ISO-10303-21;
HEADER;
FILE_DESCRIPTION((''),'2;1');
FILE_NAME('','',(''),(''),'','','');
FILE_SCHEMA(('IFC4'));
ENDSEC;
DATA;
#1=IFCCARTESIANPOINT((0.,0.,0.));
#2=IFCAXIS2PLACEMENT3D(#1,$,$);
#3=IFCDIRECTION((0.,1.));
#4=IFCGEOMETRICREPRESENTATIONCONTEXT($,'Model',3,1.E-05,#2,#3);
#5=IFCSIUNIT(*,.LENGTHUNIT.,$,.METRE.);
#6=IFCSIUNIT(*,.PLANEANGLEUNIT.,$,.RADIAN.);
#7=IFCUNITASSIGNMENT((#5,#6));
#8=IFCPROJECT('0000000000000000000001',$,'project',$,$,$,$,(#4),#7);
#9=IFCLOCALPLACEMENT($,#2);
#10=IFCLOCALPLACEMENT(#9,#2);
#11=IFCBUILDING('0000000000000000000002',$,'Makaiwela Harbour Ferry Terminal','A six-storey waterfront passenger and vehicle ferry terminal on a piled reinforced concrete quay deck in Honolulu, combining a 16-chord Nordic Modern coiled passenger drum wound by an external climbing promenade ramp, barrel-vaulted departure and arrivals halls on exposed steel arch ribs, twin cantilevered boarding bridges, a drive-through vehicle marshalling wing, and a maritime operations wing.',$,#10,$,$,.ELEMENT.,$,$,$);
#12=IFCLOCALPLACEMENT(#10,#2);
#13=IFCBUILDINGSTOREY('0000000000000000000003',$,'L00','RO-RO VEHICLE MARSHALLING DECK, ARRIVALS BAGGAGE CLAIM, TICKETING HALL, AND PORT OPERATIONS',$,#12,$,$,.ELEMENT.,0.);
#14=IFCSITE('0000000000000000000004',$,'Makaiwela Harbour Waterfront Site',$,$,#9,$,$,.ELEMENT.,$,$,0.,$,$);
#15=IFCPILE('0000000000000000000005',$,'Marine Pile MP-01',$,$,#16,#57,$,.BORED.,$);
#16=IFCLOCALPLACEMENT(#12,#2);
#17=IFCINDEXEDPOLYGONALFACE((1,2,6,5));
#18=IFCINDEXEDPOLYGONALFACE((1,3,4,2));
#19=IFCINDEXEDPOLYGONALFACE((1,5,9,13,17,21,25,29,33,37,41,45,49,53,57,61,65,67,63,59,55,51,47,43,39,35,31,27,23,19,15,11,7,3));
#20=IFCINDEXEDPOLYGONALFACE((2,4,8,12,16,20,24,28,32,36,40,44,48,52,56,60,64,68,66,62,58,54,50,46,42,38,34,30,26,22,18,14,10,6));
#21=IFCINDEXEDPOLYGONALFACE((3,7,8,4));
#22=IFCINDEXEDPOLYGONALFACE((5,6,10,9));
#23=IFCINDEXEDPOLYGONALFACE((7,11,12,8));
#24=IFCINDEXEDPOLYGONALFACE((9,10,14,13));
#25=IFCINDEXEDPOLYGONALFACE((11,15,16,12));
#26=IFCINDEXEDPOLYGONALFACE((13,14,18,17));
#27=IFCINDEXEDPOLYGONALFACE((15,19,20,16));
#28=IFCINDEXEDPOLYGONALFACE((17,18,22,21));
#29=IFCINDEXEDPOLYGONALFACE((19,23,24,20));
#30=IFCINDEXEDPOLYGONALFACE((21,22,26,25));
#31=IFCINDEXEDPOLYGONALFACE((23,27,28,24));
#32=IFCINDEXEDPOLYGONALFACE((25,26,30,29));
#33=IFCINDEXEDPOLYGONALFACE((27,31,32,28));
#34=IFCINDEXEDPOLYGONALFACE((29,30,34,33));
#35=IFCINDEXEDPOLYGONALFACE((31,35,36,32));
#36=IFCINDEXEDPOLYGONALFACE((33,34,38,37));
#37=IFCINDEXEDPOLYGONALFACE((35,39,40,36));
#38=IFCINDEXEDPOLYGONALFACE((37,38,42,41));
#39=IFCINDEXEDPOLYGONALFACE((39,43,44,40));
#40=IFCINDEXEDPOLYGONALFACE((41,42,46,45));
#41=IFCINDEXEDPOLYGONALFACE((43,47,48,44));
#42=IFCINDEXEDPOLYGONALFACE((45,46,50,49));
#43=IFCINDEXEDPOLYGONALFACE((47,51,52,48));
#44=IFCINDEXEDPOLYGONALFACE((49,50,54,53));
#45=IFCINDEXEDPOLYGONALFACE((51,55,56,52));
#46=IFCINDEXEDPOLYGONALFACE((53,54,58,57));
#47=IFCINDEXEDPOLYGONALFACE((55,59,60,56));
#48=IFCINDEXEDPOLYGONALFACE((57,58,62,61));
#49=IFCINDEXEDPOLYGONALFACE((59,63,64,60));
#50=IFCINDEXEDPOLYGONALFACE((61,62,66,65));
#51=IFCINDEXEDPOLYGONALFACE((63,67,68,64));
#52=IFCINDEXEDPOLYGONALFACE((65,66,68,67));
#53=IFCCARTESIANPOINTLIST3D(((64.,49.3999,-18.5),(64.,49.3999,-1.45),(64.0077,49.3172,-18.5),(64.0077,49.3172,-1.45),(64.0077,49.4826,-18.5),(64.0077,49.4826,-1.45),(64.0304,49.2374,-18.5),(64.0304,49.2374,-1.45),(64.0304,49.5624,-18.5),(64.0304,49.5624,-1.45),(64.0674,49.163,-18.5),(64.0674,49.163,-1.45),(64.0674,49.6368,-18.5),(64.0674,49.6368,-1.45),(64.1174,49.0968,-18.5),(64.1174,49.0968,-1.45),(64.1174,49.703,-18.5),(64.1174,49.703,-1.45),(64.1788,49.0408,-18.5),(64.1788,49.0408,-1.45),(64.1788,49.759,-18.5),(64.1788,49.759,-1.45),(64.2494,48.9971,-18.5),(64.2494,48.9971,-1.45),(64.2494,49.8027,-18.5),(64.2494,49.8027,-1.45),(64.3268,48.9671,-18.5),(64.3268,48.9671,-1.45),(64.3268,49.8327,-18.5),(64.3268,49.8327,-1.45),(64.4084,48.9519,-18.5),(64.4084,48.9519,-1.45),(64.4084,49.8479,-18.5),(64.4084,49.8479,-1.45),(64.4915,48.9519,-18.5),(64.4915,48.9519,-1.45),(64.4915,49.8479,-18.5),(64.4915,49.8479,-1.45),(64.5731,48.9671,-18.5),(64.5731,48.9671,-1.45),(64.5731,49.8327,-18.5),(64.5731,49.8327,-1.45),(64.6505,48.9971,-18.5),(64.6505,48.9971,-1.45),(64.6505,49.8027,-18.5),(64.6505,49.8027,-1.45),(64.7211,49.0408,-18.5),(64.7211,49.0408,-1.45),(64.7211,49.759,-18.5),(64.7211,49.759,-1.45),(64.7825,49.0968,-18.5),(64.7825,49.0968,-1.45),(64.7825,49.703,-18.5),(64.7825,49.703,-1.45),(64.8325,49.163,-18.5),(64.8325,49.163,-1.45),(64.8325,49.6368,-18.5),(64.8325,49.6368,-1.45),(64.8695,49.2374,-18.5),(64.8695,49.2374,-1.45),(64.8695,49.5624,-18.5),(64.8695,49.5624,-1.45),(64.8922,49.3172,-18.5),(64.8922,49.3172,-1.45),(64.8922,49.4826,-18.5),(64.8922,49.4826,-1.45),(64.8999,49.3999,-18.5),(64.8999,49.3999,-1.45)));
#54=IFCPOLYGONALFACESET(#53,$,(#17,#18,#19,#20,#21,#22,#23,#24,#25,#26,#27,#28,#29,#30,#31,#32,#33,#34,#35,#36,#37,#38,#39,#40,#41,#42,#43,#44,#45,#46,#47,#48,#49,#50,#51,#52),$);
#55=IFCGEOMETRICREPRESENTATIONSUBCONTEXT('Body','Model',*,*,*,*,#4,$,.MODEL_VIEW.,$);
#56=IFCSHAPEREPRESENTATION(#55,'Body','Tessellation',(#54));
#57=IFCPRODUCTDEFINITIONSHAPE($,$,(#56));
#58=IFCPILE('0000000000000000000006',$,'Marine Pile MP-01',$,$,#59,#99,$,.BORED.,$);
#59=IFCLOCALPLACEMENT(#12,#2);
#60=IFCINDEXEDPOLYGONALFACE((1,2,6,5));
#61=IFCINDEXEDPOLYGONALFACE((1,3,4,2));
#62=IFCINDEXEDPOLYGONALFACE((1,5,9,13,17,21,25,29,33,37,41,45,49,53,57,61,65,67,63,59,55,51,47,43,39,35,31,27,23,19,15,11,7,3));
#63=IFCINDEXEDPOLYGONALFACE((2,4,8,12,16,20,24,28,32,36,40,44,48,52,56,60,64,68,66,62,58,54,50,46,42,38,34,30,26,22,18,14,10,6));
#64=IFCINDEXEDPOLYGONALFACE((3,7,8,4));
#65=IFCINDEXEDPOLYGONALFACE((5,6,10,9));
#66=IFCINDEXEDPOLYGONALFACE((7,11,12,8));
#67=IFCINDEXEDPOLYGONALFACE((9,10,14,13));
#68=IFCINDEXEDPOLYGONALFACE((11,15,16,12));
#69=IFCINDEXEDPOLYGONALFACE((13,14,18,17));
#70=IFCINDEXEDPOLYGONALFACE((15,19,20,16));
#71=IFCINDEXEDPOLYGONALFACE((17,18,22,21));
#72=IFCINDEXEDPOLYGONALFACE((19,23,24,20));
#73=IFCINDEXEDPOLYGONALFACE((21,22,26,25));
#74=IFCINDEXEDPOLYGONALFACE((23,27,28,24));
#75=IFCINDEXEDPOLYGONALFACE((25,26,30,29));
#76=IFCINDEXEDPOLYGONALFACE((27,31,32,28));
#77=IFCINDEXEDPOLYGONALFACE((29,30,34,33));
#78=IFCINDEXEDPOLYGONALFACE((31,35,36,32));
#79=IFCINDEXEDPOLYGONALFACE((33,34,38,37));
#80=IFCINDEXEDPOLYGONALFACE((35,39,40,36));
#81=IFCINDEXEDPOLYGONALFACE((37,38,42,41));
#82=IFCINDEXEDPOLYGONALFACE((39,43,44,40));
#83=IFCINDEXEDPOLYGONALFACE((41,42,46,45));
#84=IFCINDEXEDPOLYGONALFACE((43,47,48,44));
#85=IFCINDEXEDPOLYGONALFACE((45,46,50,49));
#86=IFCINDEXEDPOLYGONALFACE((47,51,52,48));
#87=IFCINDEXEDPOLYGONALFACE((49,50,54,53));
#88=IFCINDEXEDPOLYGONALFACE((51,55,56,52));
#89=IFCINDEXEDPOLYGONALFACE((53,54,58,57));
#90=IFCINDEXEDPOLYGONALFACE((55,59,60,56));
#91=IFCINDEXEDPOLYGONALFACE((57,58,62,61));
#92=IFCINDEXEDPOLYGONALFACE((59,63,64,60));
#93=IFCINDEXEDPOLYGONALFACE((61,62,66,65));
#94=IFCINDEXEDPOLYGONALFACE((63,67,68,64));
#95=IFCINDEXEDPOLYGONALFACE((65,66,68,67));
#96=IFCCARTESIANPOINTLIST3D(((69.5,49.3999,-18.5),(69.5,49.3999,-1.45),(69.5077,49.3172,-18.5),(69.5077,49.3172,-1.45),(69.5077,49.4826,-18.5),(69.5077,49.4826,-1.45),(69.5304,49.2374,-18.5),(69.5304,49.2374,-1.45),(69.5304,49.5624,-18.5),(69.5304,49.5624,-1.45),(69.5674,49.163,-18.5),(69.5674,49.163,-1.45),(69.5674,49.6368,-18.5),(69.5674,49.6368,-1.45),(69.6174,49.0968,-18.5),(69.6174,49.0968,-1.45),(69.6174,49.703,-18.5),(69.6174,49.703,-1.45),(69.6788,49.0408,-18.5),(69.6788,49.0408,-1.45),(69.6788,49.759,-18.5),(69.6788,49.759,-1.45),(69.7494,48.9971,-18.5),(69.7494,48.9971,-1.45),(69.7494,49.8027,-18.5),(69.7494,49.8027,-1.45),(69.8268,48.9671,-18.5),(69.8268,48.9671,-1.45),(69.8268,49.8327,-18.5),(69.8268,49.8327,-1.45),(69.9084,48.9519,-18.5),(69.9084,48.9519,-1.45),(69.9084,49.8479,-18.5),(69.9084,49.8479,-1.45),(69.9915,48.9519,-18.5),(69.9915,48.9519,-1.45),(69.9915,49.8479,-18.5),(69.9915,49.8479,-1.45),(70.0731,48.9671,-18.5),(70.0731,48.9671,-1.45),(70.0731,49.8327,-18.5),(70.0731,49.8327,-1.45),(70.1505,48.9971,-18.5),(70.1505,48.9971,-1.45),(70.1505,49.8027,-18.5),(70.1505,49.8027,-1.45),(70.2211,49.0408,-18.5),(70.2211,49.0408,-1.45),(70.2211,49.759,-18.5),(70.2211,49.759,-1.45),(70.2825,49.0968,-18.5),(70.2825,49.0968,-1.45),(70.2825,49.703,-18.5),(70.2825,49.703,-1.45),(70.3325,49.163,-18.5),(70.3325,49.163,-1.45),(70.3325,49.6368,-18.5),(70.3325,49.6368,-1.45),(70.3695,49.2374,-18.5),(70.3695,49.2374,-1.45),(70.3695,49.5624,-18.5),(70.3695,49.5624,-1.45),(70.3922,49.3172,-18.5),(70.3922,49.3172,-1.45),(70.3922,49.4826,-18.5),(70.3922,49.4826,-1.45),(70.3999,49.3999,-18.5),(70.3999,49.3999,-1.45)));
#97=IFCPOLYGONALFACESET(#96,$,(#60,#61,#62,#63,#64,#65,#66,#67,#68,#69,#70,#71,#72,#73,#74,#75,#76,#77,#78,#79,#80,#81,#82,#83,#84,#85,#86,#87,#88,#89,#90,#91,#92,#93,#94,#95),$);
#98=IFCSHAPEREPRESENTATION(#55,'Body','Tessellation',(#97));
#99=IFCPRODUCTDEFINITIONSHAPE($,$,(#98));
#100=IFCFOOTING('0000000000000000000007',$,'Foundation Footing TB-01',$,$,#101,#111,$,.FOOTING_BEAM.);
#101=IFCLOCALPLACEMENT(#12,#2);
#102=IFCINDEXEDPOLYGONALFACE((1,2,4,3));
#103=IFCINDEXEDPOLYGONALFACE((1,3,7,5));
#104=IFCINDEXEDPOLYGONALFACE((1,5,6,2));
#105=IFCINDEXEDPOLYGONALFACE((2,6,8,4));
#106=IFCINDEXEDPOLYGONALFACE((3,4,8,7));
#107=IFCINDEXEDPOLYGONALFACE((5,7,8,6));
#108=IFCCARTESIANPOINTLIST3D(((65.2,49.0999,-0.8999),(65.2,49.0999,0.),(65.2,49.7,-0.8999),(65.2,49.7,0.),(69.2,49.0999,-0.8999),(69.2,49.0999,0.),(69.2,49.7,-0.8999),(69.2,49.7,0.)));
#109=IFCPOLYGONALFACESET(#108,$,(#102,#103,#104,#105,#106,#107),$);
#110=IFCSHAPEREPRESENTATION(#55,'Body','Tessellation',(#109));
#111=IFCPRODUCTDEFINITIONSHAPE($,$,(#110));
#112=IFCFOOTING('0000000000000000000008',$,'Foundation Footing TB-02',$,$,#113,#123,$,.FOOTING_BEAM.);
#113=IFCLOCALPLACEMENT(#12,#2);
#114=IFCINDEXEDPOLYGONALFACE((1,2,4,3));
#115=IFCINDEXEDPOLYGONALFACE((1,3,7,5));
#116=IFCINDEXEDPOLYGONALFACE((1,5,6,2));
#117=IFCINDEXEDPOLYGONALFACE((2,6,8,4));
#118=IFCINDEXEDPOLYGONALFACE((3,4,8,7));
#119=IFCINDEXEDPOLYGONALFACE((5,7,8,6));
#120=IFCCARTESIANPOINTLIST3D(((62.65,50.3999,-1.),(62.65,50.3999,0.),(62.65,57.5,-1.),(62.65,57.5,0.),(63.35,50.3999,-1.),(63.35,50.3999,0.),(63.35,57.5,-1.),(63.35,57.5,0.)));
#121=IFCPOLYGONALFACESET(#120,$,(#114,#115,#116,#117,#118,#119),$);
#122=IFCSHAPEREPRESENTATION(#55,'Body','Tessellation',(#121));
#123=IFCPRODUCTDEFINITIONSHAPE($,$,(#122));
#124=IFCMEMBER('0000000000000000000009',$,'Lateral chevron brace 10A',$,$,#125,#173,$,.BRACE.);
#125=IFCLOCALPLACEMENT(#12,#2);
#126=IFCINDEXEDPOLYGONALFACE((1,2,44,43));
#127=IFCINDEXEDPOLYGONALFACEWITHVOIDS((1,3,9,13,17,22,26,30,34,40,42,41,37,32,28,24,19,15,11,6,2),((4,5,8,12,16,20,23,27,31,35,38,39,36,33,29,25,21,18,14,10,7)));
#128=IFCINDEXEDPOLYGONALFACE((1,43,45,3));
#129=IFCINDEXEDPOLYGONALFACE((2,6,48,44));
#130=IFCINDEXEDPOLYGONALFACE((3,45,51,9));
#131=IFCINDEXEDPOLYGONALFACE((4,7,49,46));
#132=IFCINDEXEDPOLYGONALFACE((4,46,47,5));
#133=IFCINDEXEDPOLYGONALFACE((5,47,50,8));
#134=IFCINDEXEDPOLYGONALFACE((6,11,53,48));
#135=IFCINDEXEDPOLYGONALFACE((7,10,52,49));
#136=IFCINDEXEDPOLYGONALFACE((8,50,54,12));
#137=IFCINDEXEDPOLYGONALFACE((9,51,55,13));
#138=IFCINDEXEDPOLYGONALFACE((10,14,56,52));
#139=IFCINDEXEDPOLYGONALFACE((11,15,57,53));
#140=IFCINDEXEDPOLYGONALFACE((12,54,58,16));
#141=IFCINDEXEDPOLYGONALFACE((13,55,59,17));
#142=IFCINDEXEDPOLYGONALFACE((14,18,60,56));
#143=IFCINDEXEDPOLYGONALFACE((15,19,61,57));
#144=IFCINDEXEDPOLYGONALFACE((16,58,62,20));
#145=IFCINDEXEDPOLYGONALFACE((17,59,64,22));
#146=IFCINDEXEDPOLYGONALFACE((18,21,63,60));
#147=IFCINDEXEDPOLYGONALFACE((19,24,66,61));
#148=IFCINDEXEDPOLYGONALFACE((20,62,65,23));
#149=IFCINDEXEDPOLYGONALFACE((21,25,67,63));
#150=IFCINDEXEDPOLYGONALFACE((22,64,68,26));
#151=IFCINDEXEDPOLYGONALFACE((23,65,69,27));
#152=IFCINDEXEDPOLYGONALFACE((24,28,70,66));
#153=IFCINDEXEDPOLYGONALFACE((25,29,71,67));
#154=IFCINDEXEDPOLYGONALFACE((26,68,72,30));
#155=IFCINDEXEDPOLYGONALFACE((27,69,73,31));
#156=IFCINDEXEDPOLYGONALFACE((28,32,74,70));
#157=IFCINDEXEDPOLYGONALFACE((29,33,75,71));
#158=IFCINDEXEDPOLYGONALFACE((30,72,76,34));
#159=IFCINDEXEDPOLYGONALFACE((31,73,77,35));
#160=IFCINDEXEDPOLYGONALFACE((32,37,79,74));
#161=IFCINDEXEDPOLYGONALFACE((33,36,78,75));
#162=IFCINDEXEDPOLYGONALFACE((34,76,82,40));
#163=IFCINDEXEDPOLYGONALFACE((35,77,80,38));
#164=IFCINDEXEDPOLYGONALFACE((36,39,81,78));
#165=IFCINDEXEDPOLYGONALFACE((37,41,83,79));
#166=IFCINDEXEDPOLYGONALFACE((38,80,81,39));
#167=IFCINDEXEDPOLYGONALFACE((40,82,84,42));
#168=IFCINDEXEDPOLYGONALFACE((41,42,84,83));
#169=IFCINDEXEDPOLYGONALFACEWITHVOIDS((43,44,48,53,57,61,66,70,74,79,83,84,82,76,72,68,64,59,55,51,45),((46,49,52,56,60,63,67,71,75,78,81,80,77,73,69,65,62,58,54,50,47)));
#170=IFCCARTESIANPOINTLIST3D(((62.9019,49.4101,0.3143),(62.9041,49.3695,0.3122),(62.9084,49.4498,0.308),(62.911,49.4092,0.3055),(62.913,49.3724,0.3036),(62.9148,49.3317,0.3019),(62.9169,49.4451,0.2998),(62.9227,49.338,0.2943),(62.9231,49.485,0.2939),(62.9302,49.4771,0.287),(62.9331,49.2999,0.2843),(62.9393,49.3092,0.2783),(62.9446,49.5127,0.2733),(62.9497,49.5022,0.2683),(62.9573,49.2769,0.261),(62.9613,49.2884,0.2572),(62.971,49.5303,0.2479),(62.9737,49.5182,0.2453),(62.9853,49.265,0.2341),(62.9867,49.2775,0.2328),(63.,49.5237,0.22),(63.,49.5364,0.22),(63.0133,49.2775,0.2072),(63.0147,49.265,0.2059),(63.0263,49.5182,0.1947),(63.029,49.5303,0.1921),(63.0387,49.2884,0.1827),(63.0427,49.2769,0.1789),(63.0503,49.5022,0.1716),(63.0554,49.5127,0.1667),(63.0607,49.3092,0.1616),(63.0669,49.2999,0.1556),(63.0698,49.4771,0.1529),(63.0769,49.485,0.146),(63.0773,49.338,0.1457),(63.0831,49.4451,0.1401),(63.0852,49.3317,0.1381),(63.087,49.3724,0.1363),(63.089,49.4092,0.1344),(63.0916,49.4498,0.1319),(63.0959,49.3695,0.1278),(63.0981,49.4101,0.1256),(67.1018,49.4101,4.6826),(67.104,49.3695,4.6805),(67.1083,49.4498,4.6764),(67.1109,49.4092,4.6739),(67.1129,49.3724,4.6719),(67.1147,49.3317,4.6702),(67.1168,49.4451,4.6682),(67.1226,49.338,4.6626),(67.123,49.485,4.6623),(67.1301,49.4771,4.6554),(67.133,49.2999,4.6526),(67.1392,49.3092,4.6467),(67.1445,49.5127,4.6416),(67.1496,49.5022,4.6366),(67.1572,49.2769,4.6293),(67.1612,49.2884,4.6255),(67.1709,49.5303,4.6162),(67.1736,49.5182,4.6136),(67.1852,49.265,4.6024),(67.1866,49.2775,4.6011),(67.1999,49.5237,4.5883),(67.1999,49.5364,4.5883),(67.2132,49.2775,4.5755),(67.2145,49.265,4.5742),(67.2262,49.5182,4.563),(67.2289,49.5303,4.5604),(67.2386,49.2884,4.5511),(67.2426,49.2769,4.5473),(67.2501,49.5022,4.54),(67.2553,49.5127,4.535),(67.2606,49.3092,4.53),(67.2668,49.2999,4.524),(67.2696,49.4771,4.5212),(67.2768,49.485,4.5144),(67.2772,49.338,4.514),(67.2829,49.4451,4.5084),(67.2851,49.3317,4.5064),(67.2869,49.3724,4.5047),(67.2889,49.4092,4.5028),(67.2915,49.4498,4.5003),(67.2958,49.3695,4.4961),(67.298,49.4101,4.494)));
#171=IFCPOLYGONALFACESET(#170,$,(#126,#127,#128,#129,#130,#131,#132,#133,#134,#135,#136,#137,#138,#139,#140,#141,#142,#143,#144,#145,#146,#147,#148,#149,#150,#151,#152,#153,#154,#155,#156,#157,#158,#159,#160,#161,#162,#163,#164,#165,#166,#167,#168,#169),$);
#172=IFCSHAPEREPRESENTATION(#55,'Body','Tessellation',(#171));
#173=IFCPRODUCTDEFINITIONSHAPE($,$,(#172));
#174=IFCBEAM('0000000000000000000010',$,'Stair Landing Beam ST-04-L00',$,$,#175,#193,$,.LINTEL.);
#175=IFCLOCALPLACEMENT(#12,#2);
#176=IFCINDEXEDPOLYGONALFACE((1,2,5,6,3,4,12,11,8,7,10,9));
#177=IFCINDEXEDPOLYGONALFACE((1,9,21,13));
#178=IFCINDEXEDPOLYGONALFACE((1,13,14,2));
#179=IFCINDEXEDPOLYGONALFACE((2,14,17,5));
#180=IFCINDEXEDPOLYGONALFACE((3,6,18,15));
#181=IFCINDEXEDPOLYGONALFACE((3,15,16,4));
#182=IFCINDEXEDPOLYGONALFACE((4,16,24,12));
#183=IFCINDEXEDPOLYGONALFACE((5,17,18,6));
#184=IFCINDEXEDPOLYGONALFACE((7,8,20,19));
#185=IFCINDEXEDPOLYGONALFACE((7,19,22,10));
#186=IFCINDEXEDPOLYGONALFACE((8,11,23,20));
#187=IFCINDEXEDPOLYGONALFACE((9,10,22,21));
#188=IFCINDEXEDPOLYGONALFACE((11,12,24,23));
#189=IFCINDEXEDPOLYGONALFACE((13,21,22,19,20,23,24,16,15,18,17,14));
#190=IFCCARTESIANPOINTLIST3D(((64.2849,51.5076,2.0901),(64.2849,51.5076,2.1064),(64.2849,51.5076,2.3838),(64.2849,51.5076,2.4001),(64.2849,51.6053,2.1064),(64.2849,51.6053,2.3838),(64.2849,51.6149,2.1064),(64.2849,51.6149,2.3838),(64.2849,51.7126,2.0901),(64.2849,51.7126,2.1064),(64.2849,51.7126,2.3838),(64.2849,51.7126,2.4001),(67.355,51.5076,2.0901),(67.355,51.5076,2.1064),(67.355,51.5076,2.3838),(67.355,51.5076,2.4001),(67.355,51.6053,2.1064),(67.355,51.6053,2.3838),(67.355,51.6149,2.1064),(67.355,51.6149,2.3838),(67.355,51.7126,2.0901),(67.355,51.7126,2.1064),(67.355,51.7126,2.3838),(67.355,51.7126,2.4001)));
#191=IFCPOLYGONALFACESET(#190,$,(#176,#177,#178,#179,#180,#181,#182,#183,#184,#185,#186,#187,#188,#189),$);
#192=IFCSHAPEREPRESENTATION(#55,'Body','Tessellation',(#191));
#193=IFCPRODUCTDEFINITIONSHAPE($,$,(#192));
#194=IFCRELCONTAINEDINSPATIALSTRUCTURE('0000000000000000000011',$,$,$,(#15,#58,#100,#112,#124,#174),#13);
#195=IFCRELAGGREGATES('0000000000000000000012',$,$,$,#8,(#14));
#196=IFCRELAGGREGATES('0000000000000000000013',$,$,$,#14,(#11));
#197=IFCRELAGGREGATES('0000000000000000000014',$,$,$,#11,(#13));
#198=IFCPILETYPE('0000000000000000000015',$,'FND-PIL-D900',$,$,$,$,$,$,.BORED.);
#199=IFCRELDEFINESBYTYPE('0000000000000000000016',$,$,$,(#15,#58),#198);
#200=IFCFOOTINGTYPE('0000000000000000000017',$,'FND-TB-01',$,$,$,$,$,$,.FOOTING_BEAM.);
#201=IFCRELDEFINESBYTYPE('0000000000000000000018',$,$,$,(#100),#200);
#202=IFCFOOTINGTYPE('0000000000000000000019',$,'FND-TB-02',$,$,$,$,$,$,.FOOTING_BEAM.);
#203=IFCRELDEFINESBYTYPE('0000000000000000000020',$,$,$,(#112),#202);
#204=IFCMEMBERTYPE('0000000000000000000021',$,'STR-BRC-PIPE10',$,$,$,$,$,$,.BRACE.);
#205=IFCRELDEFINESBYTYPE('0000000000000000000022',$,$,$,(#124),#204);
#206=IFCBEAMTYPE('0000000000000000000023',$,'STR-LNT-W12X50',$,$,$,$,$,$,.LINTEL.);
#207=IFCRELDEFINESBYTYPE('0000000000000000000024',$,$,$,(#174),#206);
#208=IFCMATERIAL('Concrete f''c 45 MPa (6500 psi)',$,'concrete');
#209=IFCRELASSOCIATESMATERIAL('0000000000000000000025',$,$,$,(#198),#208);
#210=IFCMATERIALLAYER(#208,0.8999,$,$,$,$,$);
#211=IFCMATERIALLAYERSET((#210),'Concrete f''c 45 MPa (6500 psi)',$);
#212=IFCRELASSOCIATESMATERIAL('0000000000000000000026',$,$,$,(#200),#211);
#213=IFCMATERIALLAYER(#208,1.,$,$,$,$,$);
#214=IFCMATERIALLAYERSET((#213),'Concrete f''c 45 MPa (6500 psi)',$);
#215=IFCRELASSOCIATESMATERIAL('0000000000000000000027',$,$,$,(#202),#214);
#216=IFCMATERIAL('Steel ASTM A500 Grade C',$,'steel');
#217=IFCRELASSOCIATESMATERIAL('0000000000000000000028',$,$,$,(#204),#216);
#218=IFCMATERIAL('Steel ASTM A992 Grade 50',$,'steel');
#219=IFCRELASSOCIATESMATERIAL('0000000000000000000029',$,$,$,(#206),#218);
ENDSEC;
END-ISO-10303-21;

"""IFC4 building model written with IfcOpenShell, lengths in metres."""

from ifc_helpers import new_model, si_unit, direction, frame, origin, origin_2d, place, context, subcontext, project, spatial, rectangle, circle, hollow_circle, i_section, extrude, material, layer, layer_set, material_profile, profile_set, type_object, element, save


model = new_model("IFC4")

# Units and contexts
model_context = context("Model", 3, precision=1e-05, world=origin(), true_north=direction((0.0, 1.0)))
body_context = subcontext(model_context, "Body", "Model", "MODEL_VIEW")
ifc_project = project(units=[si_unit("LENGTHUNIT", "METRE"), si_unit("PLANEANGLEUNIT", "RADIAN")], contexts=[model_context])

# Site, building, storey
site_placement = place(None, origin())
site = spatial("IfcSite", under=ifc_project, at=site_placement, Name="Makaiwela Harbour Waterfront Site", CompositionType="ELEMENT", RefElevation=0.0)
building_placement = place(site_placement, origin())
building = spatial("IfcBuilding", under=site, at=building_placement, Name="Makaiwela Harbour Ferry Terminal", Description="A six-storey waterfront passenger and vehicle ferry terminal on a piled reinforced concrete quay deck in Honolulu, combining a 16-chord Nordic Modern coiled passenger drum wound by an external climbing promenade ramp, barrel-vaulted departure and arrivals halls on exposed steel arch ribs, twin cantilevered boarding bridges, a drive-through vehicle marshalling wing, and a maritime operations wing.", CompositionType="ELEMENT")
storey_placement = place(building_placement, origin())
storey = spatial("IfcBuildingStorey", under=building, at=storey_placement, Name="L00", Description="RO-RO VEHICLE MARSHALLING DECK, ARRIVALS BAGGAGE CLAIM, TICKETING HALL, AND PORT OPERATIONS", CompositionType="ELEMENT", Elevation=0.0)

# Shared definitions
ifc_material_1 = material(Name="Concrete f'c 45 MPa (6500 psi)", Category="concrete")

# Piles
ifc_material_profile_1 = material_profile(ifc_material_1, circle(Radius=0.45, at=origin_2d()), Name="PILE-D900")
ifc_profile_set_1 = profile_set([ifc_material_profile_1], Name="Concrete f'c 45 MPa (6500 psi)")
pile_type = type_object("IfcPileType", Name="FND-PIL-D900", PredefinedType="BORED", material=ifc_profile_set_1)
for number, where, z_axis, x_axis, name in (
    (1, (64.45, 49.3999, -1.45), (0.0, 0.0, -1.0), (1.0, 0.0, 0.0), "Marine Pile MP-01"),
    (2, (69.95, 49.3999, -1.45), (0.0, 0.0, -1.0), (1.0, 0.0, 0.0), "Marine Pile MP-01"),
):
    element("IfcPile", number, at=place(storey_placement, frame(where, z_axis=z_axis, x_axis=x_axis)), inside=storey, type_object=pile_type, Name=name, PredefinedType="BORED", context=body_context, shape_type="SweptSolid", body=[
        extrude(circle(Radius=0.45, at=origin_2d()), origin(), (0.0, 0.0, 1.0), 17.05),
    ])

# Footings
ifc_layer_1 = layer(ifc_material_1, 0.8999)
ifc_layer_set_1 = layer_set([ifc_layer_1], Name="Concrete f'c 45 MPa (6500 psi)")
footing_type_1 = type_object("IfcFootingType", Name="FND-TB-01", PredefinedType="FOOTING_BEAM", material=ifc_layer_set_1)
footing_1_placement = place(storey_placement, frame((67.2, 49.3999, -0.8999), z_axis=(0.0, 0.0, 1.0), x_axis=(1.0, 0.0, 0.0)))
element("IfcFooting", 3, at=footing_1_placement, inside=storey, type_object=footing_type_1, Name="Foundation Footing TB-01", PredefinedType="FOOTING_BEAM", context=body_context, shape_type="SweptSolid", body=[
    extrude(rectangle(XDim=4.0, YDim=0.6001, at=origin_2d()), origin(), (0.0, 0.0, 1.0), 0.8999),
])
ifc_layer_2 = layer(ifc_material_1, 1.0)
ifc_layer_set_2 = layer_set([ifc_layer_2], Name="Concrete f'c 45 MPa (6500 psi)")
footing_type_2 = type_object("IfcFootingType", Name="FND-TB-02", PredefinedType="FOOTING_BEAM", material=ifc_layer_set_2)
footing_2_placement = place(storey_placement, frame((63.0, 53.95, -1.0), z_axis=(0.0, 0.0, 1.0), x_axis=(0.0, 1.0, 0.0)))
element("IfcFooting", 4, at=footing_2_placement, inside=storey, type_object=footing_type_2, Name="Foundation Footing TB-02", PredefinedType="FOOTING_BEAM", context=body_context, shape_type="SweptSolid", body=[
    extrude(rectangle(XDim=7.1001, YDim=0.7, at=origin_2d()), origin(), (0.0, 0.0, 1.0), 1.0),
])

# Member
ifc_material_2 = material(Name="Steel ASTM A500 Grade C", Category="steel")
ifc_material_profile_2 = material_profile(ifc_material_2, hollow_circle(Radius=0.1365, WallThickness=0.0127, at=origin_2d()), Name="PIPE10XS")
ifc_profile_set_2 = profile_set([ifc_material_profile_2], Name="Steel ASTM A500 Grade C")
member_type = type_object("IfcMemberType", Name="STR-BRC-PIPE10", PredefinedType="BRACE", material=ifc_profile_set_2)
member_placement = place(storey_placement, frame((63.0, 49.3999, 0.22), z_axis=(0.693071, 0.0, 0.720869), x_axis=(0.0, 1.0, 0.0)))
element("IfcMember", 5, at=member_placement, inside=storey, type_object=member_type, Name="Lateral chevron brace 10A", PredefinedType="BRACE", context=body_context, shape_type="SweptSolid", body=[
    extrude(hollow_circle(Radius=0.1365, WallThickness=0.0127, at=origin_2d()), origin(), (0.0, 0.0, 1.0), 6.0598),
])

# Beam
ifc_material_3 = material(Name="Steel ASTM A992 Grade 50", Category="steel")
ifc_material_profile_3 = material_profile(ifc_material_3, i_section(OverallWidth=0.2051, OverallDepth=0.3101, WebThickness=0.0095, FlangeThickness=0.0164, at=origin_2d()), Name="W12X50")
ifc_profile_set_3 = profile_set([ifc_material_profile_3], Name="Steel ASTM A992 Grade 50")
beam_type = type_object("IfcBeamType", Name="STR-LNT-W12X50", PredefinedType="LINTEL", material=ifc_profile_set_3)
beam_placement = place(storey_placement, frame((64.2849, 51.6101, 2.2451), z_axis=(1.0, 0.0, 0.0), x_axis=(0.0, 1.0, 0.0)))
element("IfcBeam", 6, at=beam_placement, inside=storey, type_object=beam_type, Name="Stair Landing Beam ST-04-L00", PredefinedType="LINTEL", context=body_context, shape_type="SweptSolid", body=[
    extrude(i_section(OverallWidth=0.2051, OverallDepth=0.3101, WebThickness=0.0095, FlangeThickness=0.0164, at=origin_2d()), origin(), (0.0, 0.0, 1.0), 3.0701),
])

save(model, "model.ifc")
